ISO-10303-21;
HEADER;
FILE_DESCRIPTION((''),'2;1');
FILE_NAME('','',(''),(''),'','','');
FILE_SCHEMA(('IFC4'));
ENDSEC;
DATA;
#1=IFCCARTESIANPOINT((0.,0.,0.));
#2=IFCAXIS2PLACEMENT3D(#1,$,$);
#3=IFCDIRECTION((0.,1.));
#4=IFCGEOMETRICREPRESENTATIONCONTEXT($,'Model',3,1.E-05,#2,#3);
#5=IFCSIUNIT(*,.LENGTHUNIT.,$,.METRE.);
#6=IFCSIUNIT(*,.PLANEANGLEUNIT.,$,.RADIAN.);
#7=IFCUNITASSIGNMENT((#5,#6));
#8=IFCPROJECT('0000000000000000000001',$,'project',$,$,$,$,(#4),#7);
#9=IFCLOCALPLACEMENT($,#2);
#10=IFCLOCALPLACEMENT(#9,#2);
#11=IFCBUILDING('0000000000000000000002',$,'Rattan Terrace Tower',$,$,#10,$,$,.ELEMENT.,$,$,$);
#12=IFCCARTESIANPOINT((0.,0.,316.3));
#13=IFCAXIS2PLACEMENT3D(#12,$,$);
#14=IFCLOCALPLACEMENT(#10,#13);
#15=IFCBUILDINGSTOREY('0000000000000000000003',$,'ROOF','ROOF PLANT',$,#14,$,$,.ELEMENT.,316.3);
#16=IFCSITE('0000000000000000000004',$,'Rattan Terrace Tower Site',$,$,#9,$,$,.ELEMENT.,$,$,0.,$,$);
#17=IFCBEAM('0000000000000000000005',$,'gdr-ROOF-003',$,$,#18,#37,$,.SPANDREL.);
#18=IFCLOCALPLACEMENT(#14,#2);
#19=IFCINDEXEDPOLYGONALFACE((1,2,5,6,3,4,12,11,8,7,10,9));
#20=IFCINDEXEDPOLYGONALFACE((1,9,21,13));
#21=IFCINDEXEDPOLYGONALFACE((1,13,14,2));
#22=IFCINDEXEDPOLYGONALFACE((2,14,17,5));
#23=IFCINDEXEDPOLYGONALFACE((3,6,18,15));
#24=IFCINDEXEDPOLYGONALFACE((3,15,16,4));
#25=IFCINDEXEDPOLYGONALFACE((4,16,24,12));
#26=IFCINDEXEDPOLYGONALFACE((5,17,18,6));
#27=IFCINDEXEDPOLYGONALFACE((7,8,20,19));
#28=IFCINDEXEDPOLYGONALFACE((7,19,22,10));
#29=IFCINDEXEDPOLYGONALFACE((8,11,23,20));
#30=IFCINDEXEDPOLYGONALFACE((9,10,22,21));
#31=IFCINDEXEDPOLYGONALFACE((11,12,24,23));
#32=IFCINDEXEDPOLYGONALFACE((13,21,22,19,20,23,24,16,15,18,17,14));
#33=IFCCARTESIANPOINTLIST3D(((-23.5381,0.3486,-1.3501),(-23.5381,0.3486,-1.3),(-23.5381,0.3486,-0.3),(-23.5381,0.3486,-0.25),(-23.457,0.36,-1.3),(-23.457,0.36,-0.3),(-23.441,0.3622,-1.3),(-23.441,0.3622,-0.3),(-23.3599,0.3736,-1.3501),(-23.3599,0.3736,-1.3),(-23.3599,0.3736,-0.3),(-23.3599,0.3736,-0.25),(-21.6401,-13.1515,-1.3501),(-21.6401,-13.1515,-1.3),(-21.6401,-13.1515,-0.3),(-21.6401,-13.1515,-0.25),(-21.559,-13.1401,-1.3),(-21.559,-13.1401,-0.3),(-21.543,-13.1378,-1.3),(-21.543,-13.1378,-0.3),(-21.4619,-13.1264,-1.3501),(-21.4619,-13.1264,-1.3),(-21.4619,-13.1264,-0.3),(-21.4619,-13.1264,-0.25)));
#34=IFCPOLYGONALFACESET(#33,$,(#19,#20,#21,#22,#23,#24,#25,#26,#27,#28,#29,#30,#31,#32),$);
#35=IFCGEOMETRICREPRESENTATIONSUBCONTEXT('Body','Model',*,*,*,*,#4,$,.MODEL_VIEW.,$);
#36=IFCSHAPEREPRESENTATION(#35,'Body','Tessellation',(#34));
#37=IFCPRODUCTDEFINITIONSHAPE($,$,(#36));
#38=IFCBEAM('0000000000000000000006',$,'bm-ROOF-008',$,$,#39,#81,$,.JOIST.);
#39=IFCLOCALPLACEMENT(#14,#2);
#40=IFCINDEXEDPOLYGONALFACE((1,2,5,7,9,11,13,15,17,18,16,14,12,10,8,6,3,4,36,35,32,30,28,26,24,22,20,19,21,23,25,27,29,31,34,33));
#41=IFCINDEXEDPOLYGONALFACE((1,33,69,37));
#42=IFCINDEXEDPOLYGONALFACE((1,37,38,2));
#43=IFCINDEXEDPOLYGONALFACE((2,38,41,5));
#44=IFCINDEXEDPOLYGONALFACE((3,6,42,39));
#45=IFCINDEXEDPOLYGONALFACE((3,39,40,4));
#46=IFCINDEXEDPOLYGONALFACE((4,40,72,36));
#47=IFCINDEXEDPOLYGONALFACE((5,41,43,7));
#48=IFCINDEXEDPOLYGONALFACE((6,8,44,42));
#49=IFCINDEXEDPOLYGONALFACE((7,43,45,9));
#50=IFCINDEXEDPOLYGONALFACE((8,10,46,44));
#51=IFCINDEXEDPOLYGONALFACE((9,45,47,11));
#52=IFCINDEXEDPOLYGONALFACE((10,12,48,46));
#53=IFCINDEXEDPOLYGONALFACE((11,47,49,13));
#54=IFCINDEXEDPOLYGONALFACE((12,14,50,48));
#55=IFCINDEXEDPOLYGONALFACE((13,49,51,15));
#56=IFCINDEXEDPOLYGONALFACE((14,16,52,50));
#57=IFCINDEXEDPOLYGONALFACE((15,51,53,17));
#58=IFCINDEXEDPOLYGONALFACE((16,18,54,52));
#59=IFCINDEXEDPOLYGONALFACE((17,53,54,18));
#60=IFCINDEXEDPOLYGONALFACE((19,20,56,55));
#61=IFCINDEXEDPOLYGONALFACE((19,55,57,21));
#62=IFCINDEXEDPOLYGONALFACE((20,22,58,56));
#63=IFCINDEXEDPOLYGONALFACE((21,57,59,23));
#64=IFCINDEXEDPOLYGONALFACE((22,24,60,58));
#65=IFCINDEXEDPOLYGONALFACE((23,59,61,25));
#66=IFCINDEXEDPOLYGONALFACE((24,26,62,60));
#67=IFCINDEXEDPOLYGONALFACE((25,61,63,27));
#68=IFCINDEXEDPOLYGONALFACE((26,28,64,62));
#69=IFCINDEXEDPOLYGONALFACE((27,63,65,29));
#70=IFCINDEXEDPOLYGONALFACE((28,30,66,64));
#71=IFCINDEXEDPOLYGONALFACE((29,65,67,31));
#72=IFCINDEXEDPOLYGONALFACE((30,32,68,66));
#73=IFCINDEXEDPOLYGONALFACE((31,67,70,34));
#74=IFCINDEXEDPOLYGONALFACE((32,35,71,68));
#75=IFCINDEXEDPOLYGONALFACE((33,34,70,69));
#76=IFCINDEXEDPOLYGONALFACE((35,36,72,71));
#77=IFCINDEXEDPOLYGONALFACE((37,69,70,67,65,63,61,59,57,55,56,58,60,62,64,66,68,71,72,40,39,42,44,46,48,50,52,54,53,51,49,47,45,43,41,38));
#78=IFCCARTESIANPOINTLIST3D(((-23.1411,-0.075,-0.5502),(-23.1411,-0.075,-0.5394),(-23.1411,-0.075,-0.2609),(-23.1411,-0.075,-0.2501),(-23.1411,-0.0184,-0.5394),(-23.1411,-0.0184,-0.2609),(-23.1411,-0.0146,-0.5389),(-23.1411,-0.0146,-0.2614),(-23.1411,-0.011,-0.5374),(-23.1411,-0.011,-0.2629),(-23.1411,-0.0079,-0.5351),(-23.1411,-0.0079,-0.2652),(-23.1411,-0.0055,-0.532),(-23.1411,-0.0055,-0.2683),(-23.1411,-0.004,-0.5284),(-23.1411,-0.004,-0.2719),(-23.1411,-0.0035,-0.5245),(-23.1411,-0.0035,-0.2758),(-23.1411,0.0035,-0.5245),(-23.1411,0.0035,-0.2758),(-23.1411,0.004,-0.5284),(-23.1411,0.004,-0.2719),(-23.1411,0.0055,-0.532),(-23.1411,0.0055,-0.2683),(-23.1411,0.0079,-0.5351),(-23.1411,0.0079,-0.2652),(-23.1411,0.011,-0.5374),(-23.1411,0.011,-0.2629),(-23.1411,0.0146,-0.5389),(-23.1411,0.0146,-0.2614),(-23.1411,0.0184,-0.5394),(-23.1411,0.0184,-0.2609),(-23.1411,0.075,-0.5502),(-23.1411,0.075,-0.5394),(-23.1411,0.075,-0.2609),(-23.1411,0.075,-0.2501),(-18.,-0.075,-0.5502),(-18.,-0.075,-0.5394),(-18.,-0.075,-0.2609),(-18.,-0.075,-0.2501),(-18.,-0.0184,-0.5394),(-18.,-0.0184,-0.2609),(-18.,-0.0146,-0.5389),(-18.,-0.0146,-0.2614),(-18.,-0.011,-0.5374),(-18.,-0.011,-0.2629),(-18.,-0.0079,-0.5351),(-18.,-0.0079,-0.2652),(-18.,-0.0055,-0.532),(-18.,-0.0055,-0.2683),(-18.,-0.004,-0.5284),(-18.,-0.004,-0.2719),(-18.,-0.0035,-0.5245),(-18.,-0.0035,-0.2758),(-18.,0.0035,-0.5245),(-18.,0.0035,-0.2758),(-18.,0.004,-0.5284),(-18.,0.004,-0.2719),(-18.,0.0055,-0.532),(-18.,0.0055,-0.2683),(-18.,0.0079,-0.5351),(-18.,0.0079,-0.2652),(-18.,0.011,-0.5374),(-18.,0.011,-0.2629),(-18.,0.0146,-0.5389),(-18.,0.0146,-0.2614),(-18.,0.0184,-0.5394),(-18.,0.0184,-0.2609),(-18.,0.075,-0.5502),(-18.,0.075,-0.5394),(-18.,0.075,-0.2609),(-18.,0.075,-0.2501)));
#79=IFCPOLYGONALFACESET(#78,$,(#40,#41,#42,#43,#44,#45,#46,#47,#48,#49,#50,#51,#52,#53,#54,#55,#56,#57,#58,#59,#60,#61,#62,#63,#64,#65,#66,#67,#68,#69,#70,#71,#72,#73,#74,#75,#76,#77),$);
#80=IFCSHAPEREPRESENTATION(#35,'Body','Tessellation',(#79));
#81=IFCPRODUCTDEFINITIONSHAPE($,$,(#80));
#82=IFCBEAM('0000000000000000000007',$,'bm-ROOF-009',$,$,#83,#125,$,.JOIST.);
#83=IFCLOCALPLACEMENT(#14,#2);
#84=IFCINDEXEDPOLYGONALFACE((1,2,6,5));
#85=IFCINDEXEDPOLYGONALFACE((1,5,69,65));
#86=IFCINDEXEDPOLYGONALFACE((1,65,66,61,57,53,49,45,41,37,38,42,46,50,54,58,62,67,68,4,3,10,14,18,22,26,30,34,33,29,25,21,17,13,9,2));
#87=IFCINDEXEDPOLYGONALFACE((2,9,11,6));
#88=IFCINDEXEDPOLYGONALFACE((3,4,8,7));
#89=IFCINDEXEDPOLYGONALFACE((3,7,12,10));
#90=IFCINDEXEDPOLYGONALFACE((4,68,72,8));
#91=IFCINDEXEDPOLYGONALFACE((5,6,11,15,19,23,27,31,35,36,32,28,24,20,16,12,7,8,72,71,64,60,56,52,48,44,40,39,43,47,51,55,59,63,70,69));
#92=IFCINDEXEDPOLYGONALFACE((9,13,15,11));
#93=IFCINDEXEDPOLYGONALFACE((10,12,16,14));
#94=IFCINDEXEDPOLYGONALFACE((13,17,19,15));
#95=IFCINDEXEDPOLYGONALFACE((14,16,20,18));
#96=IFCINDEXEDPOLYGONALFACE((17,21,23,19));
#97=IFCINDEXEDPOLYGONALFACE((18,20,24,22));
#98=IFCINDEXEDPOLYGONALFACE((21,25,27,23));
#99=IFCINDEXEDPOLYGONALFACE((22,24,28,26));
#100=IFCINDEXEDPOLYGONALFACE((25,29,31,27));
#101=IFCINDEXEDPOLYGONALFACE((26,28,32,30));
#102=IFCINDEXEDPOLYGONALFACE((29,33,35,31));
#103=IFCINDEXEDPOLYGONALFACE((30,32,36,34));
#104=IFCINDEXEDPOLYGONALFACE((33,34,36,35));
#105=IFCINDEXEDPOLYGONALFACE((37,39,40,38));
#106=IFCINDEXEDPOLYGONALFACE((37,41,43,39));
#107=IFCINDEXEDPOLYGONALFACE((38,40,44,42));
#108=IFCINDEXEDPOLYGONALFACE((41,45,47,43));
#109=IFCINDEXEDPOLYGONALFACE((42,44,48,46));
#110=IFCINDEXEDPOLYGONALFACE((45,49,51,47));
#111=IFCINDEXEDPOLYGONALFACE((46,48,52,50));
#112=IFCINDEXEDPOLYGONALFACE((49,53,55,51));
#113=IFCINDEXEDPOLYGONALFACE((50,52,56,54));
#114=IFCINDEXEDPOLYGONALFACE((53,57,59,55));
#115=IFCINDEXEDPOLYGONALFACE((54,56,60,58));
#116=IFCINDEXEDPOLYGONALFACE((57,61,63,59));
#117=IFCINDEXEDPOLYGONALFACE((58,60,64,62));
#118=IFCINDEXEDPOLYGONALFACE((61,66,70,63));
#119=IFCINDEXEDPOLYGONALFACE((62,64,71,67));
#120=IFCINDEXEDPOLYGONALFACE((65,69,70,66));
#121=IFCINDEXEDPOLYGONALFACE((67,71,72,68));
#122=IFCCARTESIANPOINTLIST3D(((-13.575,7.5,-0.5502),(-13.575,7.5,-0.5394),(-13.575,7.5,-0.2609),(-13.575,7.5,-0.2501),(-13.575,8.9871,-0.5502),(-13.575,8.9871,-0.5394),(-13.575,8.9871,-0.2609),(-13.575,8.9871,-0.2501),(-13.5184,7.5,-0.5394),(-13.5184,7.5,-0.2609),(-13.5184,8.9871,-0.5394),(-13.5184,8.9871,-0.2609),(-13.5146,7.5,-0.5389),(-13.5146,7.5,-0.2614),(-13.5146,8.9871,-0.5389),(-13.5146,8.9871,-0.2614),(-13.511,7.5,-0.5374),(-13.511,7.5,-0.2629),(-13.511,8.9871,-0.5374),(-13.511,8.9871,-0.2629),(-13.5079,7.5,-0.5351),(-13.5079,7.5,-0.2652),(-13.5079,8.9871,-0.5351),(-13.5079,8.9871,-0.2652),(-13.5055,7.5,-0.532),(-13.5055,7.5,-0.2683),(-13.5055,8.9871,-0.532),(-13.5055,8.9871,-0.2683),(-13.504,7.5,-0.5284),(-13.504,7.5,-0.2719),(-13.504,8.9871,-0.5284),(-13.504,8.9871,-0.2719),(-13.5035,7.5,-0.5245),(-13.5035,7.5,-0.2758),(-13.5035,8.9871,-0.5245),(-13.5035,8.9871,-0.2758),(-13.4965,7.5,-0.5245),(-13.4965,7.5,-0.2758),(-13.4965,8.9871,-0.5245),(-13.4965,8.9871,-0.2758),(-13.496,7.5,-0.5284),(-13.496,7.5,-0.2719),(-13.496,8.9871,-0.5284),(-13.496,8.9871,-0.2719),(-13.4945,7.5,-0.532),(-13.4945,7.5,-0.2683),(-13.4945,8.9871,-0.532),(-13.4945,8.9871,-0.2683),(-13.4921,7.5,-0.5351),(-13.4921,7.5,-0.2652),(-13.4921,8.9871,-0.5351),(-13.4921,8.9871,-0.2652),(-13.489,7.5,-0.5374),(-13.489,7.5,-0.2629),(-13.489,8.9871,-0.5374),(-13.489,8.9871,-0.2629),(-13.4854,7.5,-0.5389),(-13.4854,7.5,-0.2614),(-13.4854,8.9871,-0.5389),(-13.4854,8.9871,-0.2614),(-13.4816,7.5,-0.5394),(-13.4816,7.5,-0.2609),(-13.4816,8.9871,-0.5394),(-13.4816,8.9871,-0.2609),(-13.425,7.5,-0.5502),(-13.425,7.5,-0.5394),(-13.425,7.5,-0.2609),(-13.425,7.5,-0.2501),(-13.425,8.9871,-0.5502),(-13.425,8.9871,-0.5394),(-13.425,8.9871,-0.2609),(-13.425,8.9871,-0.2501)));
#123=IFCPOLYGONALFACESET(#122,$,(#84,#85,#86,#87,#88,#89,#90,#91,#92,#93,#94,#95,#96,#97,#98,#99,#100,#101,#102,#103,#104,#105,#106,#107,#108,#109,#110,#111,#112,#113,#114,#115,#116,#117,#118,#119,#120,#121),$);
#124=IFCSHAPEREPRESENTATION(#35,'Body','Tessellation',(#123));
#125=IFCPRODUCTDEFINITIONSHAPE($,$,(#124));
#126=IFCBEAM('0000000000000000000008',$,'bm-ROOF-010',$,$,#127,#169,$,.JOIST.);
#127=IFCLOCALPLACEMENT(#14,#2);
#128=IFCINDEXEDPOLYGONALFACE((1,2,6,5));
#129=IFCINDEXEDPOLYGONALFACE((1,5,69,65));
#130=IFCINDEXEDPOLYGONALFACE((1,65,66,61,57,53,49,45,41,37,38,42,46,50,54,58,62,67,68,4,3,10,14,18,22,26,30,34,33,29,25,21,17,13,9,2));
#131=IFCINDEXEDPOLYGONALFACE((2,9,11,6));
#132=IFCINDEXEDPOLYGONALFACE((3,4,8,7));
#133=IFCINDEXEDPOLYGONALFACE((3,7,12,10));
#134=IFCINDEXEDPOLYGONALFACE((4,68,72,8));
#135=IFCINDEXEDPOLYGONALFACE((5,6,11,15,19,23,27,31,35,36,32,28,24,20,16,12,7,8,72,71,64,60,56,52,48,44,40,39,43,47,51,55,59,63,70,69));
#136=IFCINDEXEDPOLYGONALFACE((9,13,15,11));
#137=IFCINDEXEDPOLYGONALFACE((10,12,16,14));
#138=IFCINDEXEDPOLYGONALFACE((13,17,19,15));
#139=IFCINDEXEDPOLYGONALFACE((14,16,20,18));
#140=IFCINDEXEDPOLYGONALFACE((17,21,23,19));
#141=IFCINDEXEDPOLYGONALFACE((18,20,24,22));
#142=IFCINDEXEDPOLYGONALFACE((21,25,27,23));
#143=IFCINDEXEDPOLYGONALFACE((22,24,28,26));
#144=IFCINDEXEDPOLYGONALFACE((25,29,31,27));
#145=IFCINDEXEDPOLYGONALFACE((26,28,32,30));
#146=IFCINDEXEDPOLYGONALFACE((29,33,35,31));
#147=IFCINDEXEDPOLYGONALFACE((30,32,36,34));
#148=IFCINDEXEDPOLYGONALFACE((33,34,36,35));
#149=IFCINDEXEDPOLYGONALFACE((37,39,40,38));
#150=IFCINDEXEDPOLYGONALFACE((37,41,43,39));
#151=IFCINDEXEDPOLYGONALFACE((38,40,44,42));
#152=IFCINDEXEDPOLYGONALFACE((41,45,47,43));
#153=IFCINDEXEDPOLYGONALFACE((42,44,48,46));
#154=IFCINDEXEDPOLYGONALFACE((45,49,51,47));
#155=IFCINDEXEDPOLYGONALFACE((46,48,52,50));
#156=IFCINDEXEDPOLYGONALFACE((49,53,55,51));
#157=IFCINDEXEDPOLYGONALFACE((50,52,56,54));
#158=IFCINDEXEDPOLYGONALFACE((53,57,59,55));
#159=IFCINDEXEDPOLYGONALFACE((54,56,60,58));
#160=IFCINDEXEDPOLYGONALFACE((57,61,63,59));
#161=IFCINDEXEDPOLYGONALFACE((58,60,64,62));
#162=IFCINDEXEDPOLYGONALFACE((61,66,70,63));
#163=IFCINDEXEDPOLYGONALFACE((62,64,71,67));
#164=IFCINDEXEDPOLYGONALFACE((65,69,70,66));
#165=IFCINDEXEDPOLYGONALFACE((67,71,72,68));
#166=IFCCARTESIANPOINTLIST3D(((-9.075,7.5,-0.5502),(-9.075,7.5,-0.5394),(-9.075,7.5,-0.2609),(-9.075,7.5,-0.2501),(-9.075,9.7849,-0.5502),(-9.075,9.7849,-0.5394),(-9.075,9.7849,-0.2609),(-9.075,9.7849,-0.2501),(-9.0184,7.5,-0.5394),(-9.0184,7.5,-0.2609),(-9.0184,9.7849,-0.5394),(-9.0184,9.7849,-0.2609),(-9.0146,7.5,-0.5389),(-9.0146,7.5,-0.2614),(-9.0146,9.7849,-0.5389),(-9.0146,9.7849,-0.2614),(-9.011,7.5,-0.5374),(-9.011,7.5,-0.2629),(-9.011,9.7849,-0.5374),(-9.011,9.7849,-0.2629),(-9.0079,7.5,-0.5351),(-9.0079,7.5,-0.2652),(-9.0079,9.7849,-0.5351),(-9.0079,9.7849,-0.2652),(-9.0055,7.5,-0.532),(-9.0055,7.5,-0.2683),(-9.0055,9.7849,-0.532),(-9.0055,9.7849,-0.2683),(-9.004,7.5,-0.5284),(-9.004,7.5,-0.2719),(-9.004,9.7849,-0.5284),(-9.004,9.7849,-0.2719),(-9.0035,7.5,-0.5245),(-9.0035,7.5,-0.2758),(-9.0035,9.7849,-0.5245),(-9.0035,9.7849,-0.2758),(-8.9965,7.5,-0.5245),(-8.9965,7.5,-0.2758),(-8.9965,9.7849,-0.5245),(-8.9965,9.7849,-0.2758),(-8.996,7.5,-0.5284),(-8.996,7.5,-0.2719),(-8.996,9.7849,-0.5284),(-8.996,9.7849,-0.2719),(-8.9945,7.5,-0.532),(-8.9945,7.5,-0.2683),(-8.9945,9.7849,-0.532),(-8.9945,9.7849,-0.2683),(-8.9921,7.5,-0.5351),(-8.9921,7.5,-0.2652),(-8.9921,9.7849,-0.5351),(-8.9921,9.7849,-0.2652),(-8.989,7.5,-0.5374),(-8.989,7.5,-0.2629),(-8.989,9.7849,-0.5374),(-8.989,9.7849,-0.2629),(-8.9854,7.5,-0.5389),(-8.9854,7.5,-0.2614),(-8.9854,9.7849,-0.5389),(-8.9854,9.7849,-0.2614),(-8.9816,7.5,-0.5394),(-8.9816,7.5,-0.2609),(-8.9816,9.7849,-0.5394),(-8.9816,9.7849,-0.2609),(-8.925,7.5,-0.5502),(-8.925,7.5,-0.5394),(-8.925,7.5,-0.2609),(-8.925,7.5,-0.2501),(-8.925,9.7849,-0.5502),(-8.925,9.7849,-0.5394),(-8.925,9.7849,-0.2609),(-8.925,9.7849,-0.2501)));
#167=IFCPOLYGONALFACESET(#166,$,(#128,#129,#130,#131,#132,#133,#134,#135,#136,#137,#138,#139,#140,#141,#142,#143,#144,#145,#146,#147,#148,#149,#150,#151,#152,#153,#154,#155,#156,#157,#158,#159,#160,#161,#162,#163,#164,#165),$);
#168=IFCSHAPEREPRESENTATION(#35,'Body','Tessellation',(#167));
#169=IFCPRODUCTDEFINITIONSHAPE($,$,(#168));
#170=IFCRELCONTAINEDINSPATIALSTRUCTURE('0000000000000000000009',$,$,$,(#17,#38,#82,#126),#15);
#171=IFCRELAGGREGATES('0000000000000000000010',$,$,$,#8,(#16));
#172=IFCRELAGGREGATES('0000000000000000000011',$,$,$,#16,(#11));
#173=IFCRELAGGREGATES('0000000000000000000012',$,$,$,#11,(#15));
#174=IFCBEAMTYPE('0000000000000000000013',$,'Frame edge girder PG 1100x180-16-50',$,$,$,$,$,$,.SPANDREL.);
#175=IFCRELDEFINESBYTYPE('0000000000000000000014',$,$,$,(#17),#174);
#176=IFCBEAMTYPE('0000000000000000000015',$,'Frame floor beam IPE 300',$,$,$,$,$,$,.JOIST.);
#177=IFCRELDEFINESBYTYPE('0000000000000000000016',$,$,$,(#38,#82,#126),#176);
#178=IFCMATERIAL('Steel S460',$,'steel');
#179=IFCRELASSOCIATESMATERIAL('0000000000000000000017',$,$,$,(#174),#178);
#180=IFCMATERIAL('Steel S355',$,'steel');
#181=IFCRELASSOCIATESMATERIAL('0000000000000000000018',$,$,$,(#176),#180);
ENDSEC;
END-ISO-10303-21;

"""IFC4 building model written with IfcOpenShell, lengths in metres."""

from ifc_helpers import new_model, si_unit, direction, frame, origin, origin_2d, place, context, subcontext, project, spatial, i_section, extrude, material, material_profile, profile_set, type_object, element, save


model = new_model("IFC4")

# Units and contexts
model_context = context("Model", 3, precision=1e-05, world=origin(), true_north=direction((0.0, 1.0)))
body_context = subcontext(model_context, "Body", "Model", "MODEL_VIEW")
ifc_project = project(units=[si_unit("LENGTHUNIT", "METRE"), si_unit("PLANEANGLEUNIT", "RADIAN")], contexts=[model_context])

# Site, building, storey
site_placement = place(None, origin())
site = spatial("IfcSite", under=ifc_project, at=site_placement, Name="Rattan Terrace Tower Site", CompositionType="ELEMENT", RefElevation=0.0)
building_placement = place(site_placement, origin())
building = spatial("IfcBuilding", under=site, at=building_placement, Name="Rattan Terrace Tower", CompositionType="ELEMENT")
storey_placement = place(building_placement, frame((0.0, 0.0, 316.3)))
storey = spatial("IfcBuildingStorey", under=building, at=storey_placement, Name="ROOF", Description="ROOF PLANT", CompositionType="ELEMENT", Elevation=316.3)

# Beams
ifc_material_1 = material(Name="Steel S460", Category="steel")
ifc_material_profile_1 = material_profile(ifc_material_1, i_section(OverallWidth=0.1799, OverallDepth=1.1001, WebThickness=0.0161, FlangeThickness=0.05, at=origin_2d()), Name="PG 1100x180-16-50")
ifc_profile_set_1 = profile_set([ifc_material_profile_1], Name="Steel S460")
beam_type_1 = type_object("IfcBeamType", Name="Frame edge girder PG 1100x180-16-50", PredefinedType="SPANDREL", material=ifc_profile_set_1)
beam_1_placement = place(storey_placement, frame((-23.449, 0.3611, -0.8), z_axis=(0.13922, -0.990262, 0.0), x_axis=(0.990262, 0.13922, 0.0)))
element("IfcBeam", 1, at=beam_1_placement, inside=storey, type_object=beam_type_1, Name="gdr-ROOF-003", PredefinedType="SPANDREL", context=body_context, shape_type="SweptSolid", body=[
    extrude(i_section(OverallWidth=0.1799, OverallDepth=1.1001, WebThickness=0.0161, FlangeThickness=0.05, at=origin_2d()), origin(), (0.0, 0.0, 1.0), 13.6328),
])
ifc_material_2 = material(Name="Steel S355", Category="steel")
ifc_material_profile_2 = material_profile(ifc_material_2, i_section(OverallWidth=0.1499, OverallDepth=0.3, WebThickness=0.0071, FlangeThickness=0.0107, FilletRadius=0.0149, at=origin_2d()), Name="IPE 300")
ifc_profile_set_2 = profile_set([ifc_material_profile_2], Name="Steel S355")
beam_type_2 = type_object("IfcBeamType", Name="Frame floor beam IPE 300", PredefinedType="JOIST", material=ifc_profile_set_2)
beam_2_placement = place(storey_placement, frame((-23.1411, 0.0, -0.4001), z_axis=(1.0, 0.0, 0.0), x_axis=(0.0, 1.0, 0.0)))
element("IfcBeam", 2, at=beam_2_placement, inside=storey, type_object=beam_type_2, Name="bm-ROOF-008", PredefinedType="JOIST", context=body_context, shape_type="SweptSolid", body=[
    extrude(i_section(OverallWidth=0.1499, OverallDepth=0.3, WebThickness=0.0071, FlangeThickness=0.0107, FilletRadius=0.0149, at=origin_2d()), origin(), (0.0, 0.0, 1.0), 5.1411),
])
beam_3_placement = place(storey_placement, frame((-13.5, 7.5, -0.4001), z_axis=(0.0, 1.0, 0.0), x_axis=(-1.0, 0.0, 0.0)))
element("IfcBeam", 3, at=beam_3_placement, inside=storey, type_object=beam_type_2, Name="bm-ROOF-009", PredefinedType="JOIST", context=body_context, shape_type="SweptSolid", body=[
    extrude(i_section(OverallWidth=0.1499, OverallDepth=0.3, WebThickness=0.0071, FlangeThickness=0.0107, FilletRadius=0.0149, at=origin_2d()), origin(), (0.0, 0.0, 1.0), 1.4871),
])
beam_4_placement = place(storey_placement, frame((-9.0, 7.5, -0.4001), z_axis=(0.0, 1.0, 0.0), x_axis=(-1.0, 0.0, 0.0)))
element("IfcBeam", 4, at=beam_4_placement, inside=storey, type_object=beam_type_2, Name="bm-ROOF-010", PredefinedType="JOIST", context=body_context, shape_type="SweptSolid", body=[
    extrude(i_section(OverallWidth=0.1499, OverallDepth=0.3, WebThickness=0.0071, FlangeThickness=0.0107, FilletRadius=0.0149, at=origin_2d()), origin(), (0.0, 0.0, 1.0), 2.2849),
])

save(model, "model.ifc")
